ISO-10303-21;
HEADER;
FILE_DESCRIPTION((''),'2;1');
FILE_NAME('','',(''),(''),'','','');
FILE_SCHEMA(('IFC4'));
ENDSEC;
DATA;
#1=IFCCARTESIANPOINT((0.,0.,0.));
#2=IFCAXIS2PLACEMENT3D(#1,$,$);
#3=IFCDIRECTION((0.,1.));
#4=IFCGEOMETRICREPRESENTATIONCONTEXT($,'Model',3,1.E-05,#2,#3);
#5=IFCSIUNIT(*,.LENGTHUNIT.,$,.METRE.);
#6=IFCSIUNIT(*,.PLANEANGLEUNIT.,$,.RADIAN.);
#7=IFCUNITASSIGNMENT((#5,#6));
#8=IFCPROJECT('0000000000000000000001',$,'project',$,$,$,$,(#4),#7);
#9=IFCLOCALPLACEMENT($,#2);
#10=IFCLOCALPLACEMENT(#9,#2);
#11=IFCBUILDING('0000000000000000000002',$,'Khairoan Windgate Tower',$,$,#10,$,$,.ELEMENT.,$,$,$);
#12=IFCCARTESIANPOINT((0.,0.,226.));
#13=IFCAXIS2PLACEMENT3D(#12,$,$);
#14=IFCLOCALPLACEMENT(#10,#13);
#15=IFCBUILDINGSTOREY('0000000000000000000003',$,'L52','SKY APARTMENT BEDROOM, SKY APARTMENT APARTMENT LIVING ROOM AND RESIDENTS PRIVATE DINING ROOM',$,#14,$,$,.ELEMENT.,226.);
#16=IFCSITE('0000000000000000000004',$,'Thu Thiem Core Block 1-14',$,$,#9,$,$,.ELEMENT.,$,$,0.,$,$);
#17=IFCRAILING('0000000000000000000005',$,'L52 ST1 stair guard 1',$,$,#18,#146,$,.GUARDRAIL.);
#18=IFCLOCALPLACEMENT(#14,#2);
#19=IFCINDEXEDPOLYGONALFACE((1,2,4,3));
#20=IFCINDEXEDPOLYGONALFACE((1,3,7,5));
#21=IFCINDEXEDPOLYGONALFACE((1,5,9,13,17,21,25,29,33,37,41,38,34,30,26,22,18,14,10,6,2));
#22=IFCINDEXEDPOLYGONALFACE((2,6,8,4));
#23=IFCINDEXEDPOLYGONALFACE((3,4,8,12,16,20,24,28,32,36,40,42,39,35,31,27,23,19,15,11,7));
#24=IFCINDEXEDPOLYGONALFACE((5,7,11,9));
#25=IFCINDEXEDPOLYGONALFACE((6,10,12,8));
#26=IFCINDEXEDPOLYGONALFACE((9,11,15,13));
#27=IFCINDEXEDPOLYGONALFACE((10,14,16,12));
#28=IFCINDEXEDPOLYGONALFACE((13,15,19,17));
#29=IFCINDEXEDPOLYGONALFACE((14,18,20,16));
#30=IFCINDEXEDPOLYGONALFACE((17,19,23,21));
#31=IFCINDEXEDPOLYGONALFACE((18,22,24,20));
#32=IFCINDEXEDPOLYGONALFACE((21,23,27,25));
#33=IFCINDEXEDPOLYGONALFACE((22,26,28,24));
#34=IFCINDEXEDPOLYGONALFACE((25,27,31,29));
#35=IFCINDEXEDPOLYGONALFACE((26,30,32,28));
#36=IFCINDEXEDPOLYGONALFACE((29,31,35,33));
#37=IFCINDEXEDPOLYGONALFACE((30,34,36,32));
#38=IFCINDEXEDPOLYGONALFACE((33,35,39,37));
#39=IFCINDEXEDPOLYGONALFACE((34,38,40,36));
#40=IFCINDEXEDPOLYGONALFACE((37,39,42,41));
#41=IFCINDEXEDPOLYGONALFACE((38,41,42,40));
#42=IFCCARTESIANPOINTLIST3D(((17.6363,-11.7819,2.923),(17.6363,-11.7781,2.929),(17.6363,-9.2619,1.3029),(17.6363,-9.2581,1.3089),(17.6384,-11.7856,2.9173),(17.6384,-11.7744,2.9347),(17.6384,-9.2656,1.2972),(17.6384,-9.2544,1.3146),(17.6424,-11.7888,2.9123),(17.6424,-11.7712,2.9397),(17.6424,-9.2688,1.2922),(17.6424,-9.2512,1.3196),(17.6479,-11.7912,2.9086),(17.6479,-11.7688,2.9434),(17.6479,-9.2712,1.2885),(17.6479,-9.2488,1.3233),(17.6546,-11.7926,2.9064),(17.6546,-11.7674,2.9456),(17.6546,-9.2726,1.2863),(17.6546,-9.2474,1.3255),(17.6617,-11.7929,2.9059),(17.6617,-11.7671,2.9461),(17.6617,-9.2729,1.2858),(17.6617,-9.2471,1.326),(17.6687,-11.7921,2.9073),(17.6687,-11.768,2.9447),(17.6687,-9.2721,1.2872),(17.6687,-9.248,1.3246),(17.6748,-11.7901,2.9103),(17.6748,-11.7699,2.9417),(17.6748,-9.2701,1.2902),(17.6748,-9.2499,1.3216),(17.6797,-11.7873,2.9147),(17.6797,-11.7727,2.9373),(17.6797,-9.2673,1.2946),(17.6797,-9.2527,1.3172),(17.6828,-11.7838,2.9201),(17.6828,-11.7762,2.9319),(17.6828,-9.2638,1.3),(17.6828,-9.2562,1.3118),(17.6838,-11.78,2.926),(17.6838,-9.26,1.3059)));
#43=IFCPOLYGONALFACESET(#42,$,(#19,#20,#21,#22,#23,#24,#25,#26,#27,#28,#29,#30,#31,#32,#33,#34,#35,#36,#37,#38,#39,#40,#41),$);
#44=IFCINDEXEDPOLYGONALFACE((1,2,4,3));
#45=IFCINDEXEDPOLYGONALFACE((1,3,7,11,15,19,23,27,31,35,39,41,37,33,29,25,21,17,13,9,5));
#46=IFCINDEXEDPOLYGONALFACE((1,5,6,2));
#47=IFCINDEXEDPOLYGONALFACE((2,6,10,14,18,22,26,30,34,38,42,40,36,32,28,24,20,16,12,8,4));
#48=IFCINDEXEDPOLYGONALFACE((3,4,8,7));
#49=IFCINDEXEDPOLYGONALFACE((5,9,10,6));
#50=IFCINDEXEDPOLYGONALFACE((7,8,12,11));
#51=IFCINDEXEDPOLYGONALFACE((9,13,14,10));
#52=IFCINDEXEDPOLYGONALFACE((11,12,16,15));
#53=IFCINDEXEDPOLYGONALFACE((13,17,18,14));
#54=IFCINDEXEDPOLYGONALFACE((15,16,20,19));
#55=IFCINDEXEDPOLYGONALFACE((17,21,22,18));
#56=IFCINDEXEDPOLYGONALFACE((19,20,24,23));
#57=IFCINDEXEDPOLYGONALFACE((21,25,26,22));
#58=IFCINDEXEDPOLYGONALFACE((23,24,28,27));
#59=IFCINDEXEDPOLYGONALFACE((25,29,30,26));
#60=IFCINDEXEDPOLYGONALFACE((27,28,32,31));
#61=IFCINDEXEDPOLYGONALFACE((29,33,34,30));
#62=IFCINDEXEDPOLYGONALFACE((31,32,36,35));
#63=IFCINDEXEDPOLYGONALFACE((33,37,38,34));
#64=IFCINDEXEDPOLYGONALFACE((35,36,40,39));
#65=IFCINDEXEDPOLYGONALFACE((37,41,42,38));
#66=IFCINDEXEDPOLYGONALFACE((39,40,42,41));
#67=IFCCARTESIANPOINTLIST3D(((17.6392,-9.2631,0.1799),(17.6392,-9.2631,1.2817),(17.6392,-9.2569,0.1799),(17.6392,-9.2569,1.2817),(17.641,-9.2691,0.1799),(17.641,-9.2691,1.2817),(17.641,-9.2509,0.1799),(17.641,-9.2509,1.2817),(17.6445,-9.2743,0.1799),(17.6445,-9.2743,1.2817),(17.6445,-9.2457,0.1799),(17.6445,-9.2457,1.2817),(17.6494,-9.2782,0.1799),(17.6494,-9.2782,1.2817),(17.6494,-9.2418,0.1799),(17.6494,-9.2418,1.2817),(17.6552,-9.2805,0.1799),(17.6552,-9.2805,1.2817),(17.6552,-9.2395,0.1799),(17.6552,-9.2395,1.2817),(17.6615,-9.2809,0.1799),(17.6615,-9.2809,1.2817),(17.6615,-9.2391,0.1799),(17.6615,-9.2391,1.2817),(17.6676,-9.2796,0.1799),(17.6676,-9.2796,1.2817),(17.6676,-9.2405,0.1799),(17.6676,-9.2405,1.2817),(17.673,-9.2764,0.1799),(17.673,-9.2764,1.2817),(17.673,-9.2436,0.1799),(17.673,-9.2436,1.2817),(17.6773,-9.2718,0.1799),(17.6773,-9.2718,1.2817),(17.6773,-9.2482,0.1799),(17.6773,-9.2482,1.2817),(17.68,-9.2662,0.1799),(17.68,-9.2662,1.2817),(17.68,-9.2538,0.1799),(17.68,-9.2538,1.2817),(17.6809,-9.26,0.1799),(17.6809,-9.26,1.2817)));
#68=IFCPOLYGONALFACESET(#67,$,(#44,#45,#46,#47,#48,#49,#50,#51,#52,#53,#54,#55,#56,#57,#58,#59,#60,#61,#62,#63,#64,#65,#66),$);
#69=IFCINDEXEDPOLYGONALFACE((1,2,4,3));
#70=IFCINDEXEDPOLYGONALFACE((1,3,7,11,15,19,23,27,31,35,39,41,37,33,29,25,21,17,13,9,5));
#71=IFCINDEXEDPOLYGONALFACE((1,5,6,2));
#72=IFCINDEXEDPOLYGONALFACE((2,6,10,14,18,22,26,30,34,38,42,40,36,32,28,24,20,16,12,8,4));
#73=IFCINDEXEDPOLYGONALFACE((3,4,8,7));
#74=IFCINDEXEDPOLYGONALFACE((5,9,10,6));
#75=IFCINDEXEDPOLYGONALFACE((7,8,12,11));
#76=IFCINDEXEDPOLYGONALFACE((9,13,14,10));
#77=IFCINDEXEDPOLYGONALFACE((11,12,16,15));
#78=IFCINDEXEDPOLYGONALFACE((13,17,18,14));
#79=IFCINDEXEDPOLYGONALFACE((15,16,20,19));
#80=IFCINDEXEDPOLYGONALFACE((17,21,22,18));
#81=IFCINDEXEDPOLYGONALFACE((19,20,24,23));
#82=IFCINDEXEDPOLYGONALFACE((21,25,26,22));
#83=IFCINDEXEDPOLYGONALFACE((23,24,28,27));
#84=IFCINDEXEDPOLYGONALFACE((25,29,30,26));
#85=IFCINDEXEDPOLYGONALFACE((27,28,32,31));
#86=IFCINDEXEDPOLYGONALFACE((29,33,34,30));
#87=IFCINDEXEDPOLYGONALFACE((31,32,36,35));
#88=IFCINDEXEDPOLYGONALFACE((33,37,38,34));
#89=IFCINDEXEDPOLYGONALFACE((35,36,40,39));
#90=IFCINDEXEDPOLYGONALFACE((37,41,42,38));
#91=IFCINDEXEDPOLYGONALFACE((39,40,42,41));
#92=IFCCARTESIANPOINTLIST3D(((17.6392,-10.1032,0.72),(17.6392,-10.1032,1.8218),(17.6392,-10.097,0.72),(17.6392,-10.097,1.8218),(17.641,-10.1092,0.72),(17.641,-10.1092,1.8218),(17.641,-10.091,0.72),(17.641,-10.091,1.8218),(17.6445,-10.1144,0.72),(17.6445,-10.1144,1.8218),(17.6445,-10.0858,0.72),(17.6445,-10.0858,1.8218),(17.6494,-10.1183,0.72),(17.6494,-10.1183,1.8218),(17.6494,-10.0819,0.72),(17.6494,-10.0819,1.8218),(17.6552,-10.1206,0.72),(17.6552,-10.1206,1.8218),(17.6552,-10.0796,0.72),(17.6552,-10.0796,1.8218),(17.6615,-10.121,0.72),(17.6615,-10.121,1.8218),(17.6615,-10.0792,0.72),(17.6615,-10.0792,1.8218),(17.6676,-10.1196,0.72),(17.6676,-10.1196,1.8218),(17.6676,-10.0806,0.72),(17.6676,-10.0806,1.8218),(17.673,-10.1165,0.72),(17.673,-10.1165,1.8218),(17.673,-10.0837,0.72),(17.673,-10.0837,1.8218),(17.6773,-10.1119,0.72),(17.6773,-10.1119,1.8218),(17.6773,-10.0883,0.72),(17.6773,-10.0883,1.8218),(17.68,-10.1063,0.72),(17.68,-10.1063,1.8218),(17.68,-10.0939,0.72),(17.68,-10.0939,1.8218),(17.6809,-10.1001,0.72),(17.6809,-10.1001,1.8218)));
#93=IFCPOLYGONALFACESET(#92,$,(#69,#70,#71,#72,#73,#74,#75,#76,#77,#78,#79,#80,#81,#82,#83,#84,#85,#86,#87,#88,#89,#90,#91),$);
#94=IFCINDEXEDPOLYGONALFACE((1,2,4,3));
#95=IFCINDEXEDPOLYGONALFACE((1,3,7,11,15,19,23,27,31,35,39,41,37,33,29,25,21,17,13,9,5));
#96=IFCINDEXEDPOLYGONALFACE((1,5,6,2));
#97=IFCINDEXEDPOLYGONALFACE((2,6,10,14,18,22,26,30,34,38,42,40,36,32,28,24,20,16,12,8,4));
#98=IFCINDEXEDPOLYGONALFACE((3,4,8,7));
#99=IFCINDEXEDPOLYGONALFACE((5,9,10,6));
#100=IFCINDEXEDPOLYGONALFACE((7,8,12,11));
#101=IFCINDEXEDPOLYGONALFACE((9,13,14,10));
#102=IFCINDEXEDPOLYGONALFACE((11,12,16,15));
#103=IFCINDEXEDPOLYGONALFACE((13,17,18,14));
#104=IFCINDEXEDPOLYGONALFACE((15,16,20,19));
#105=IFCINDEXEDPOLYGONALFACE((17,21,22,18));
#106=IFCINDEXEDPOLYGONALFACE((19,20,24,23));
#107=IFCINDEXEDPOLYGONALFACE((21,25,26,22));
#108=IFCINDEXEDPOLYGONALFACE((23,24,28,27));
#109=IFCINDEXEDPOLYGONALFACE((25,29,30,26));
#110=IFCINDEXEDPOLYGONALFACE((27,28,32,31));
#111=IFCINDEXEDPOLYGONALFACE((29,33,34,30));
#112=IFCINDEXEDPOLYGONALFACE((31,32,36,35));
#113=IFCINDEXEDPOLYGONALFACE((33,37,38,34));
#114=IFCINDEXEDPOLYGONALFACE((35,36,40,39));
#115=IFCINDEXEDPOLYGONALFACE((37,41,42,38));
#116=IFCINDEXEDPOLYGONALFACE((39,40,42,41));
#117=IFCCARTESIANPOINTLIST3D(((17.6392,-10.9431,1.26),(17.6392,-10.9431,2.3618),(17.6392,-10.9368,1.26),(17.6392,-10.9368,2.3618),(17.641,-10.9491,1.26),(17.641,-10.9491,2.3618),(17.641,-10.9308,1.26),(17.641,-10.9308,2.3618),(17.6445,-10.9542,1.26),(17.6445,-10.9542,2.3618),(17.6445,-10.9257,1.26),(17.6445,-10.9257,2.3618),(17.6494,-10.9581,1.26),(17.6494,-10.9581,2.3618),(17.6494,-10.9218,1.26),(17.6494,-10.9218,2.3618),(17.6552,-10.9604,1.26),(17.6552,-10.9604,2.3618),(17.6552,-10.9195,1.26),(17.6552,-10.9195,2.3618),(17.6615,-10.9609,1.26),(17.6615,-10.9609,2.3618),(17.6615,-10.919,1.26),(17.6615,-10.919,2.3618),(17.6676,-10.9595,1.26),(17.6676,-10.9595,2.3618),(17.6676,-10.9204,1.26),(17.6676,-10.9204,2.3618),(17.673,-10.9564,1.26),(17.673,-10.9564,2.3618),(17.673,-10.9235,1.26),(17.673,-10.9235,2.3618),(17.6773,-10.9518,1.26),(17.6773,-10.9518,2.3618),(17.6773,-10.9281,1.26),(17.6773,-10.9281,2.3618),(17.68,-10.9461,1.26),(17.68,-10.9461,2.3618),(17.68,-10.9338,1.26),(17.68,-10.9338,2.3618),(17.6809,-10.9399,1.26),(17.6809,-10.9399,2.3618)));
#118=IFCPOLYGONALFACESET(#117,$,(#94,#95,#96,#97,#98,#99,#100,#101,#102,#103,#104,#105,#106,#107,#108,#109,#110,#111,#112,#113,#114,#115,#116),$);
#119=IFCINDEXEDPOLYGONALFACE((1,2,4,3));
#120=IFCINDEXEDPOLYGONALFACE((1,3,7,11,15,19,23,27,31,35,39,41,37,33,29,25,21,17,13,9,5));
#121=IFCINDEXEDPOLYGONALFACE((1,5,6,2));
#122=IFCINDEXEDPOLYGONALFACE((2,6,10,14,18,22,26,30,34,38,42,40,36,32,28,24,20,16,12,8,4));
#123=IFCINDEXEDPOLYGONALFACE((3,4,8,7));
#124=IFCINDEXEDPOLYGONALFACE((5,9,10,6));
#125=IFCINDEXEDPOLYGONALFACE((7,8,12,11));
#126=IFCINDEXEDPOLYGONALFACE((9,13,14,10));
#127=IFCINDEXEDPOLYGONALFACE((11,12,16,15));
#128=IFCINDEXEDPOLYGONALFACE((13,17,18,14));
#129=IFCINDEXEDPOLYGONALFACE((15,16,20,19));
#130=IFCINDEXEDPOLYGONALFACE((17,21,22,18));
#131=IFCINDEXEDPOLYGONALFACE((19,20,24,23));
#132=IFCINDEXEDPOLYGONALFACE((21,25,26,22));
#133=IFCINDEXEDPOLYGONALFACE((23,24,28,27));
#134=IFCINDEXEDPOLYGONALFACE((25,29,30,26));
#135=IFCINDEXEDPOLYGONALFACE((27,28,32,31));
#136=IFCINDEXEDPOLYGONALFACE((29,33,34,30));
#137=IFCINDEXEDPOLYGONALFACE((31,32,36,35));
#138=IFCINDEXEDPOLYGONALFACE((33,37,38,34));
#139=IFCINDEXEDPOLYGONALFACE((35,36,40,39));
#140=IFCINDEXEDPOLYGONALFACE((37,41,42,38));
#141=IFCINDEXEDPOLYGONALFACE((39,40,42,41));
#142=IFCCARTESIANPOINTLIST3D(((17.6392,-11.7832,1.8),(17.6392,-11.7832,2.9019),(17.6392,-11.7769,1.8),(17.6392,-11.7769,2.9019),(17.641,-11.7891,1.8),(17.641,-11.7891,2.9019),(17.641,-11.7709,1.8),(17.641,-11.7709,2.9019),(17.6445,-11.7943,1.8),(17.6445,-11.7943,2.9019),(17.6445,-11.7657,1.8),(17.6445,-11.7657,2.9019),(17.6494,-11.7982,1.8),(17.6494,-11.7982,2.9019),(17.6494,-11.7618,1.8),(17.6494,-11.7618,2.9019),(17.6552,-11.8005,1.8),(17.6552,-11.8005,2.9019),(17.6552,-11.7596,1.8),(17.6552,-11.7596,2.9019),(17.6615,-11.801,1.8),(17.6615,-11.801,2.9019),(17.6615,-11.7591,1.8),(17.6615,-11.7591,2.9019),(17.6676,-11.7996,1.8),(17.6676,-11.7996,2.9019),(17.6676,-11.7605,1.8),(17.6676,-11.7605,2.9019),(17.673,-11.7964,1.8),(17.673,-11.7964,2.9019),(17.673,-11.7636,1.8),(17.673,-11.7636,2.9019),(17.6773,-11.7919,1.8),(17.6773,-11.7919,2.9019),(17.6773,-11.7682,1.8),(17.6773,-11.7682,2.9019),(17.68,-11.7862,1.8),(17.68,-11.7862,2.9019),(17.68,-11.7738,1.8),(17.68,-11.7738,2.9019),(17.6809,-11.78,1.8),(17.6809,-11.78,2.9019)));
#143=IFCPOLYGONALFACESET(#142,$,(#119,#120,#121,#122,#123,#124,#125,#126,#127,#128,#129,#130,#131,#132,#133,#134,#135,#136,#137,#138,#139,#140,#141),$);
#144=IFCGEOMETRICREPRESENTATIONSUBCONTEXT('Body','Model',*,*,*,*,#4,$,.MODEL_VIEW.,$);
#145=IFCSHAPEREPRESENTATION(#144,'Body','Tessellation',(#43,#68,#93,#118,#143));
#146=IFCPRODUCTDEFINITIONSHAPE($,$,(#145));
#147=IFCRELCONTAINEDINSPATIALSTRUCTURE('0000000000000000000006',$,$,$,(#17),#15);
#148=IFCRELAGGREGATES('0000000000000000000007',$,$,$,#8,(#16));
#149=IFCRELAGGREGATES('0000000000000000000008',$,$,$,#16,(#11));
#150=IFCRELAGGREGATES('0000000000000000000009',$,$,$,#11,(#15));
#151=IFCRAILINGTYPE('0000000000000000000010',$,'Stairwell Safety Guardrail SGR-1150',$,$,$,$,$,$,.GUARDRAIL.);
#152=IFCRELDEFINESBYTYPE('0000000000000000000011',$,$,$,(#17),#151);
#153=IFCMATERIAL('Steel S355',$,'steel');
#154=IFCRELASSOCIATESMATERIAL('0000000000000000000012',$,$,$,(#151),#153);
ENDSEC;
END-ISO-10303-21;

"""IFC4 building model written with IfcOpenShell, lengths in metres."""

from ifc_helpers import new_model, si_unit, direction, frame, origin, origin_2d, place, context, subcontext, project, spatial, circle, extrude, material, type_object, element, save


model = new_model("IFC4")

# Units and contexts
model_context = context("Model", 3, precision=1e-05, world=origin(), true_north=direction((0.0, 1.0)))
body_context = subcontext(model_context, "Body", "Model", "MODEL_VIEW")
ifc_project = project(units=[si_unit("LENGTHUNIT", "METRE"), si_unit("PLANEANGLEUNIT", "RADIAN")], contexts=[model_context])

# Site, building, storey
site_placement = place(None, origin())
site = spatial("IfcSite", under=ifc_project, at=site_placement, Name="Thu Thiem Core Block 1-14", CompositionType="ELEMENT", RefElevation=0.0)
building_placement = place(site_placement, origin())
building = spatial("IfcBuilding", under=site, at=building_placement, Name="Khairoan Windgate Tower", CompositionType="ELEMENT")
storey_placement = place(building_placement, frame((0.0, 0.0, 226.0)))
storey = spatial("IfcBuildingStorey", under=building, at=storey_placement, Name="L52", Description="SKY APARTMENT BEDROOM, SKY APARTMENT APARTMENT LIVING ROOM AND RESIDENTS PRIVATE DINING ROOM", CompositionType="ELEMENT", Elevation=226.0)

# Railing
ifc_material_1 = material(Name="Steel S355", Category="steel")
railing_type_1 = type_object("IfcRailingType", Name="Stairwell Safety Guardrail SGR-1150", PredefinedType="GUARDRAIL", material=ifc_material_1)
railing_1_placement = place(storey_placement, frame((17.6599, -9.26, 0.1799)))
element("IfcRailing", 1, at=railing_1_placement, inside=storey, type_object=railing_type_1, Name="L52 ST1 stair guard 1", PredefinedType="GUARDRAIL", context=body_context, shape_type="SweptSolid", body=[
    extrude(circle(Radius=0.0239, at=origin_2d()), frame((0.0, 0.0, 1.126), z_axis=(0.0, -0.841163, 0.540782), x_axis=(1.0, 0.0, 0.0)), (0.0, 0.0, 1.0), 2.9958),
    extrude(circle(Radius=0.021, at=origin_2d()), origin(), (0.0, 0.0, 1.0), 1.1018),
    extrude(circle(Radius=0.021, at=origin_2d()), frame((0.0, -0.8401, 0.54)), (0.0, 0.0, 1.0), 1.1018),
    extrude(circle(Radius=0.021, at=origin_2d()), frame((0.0, -1.6799, 1.0801)), (0.0, 0.0, 1.0), 1.1018),
    extrude(circle(Radius=0.021, at=origin_2d()), frame((0.0, -2.52, 1.6201)), (0.0, 0.0, 1.0), 1.1018),
])

save(model, "model.ifc")
